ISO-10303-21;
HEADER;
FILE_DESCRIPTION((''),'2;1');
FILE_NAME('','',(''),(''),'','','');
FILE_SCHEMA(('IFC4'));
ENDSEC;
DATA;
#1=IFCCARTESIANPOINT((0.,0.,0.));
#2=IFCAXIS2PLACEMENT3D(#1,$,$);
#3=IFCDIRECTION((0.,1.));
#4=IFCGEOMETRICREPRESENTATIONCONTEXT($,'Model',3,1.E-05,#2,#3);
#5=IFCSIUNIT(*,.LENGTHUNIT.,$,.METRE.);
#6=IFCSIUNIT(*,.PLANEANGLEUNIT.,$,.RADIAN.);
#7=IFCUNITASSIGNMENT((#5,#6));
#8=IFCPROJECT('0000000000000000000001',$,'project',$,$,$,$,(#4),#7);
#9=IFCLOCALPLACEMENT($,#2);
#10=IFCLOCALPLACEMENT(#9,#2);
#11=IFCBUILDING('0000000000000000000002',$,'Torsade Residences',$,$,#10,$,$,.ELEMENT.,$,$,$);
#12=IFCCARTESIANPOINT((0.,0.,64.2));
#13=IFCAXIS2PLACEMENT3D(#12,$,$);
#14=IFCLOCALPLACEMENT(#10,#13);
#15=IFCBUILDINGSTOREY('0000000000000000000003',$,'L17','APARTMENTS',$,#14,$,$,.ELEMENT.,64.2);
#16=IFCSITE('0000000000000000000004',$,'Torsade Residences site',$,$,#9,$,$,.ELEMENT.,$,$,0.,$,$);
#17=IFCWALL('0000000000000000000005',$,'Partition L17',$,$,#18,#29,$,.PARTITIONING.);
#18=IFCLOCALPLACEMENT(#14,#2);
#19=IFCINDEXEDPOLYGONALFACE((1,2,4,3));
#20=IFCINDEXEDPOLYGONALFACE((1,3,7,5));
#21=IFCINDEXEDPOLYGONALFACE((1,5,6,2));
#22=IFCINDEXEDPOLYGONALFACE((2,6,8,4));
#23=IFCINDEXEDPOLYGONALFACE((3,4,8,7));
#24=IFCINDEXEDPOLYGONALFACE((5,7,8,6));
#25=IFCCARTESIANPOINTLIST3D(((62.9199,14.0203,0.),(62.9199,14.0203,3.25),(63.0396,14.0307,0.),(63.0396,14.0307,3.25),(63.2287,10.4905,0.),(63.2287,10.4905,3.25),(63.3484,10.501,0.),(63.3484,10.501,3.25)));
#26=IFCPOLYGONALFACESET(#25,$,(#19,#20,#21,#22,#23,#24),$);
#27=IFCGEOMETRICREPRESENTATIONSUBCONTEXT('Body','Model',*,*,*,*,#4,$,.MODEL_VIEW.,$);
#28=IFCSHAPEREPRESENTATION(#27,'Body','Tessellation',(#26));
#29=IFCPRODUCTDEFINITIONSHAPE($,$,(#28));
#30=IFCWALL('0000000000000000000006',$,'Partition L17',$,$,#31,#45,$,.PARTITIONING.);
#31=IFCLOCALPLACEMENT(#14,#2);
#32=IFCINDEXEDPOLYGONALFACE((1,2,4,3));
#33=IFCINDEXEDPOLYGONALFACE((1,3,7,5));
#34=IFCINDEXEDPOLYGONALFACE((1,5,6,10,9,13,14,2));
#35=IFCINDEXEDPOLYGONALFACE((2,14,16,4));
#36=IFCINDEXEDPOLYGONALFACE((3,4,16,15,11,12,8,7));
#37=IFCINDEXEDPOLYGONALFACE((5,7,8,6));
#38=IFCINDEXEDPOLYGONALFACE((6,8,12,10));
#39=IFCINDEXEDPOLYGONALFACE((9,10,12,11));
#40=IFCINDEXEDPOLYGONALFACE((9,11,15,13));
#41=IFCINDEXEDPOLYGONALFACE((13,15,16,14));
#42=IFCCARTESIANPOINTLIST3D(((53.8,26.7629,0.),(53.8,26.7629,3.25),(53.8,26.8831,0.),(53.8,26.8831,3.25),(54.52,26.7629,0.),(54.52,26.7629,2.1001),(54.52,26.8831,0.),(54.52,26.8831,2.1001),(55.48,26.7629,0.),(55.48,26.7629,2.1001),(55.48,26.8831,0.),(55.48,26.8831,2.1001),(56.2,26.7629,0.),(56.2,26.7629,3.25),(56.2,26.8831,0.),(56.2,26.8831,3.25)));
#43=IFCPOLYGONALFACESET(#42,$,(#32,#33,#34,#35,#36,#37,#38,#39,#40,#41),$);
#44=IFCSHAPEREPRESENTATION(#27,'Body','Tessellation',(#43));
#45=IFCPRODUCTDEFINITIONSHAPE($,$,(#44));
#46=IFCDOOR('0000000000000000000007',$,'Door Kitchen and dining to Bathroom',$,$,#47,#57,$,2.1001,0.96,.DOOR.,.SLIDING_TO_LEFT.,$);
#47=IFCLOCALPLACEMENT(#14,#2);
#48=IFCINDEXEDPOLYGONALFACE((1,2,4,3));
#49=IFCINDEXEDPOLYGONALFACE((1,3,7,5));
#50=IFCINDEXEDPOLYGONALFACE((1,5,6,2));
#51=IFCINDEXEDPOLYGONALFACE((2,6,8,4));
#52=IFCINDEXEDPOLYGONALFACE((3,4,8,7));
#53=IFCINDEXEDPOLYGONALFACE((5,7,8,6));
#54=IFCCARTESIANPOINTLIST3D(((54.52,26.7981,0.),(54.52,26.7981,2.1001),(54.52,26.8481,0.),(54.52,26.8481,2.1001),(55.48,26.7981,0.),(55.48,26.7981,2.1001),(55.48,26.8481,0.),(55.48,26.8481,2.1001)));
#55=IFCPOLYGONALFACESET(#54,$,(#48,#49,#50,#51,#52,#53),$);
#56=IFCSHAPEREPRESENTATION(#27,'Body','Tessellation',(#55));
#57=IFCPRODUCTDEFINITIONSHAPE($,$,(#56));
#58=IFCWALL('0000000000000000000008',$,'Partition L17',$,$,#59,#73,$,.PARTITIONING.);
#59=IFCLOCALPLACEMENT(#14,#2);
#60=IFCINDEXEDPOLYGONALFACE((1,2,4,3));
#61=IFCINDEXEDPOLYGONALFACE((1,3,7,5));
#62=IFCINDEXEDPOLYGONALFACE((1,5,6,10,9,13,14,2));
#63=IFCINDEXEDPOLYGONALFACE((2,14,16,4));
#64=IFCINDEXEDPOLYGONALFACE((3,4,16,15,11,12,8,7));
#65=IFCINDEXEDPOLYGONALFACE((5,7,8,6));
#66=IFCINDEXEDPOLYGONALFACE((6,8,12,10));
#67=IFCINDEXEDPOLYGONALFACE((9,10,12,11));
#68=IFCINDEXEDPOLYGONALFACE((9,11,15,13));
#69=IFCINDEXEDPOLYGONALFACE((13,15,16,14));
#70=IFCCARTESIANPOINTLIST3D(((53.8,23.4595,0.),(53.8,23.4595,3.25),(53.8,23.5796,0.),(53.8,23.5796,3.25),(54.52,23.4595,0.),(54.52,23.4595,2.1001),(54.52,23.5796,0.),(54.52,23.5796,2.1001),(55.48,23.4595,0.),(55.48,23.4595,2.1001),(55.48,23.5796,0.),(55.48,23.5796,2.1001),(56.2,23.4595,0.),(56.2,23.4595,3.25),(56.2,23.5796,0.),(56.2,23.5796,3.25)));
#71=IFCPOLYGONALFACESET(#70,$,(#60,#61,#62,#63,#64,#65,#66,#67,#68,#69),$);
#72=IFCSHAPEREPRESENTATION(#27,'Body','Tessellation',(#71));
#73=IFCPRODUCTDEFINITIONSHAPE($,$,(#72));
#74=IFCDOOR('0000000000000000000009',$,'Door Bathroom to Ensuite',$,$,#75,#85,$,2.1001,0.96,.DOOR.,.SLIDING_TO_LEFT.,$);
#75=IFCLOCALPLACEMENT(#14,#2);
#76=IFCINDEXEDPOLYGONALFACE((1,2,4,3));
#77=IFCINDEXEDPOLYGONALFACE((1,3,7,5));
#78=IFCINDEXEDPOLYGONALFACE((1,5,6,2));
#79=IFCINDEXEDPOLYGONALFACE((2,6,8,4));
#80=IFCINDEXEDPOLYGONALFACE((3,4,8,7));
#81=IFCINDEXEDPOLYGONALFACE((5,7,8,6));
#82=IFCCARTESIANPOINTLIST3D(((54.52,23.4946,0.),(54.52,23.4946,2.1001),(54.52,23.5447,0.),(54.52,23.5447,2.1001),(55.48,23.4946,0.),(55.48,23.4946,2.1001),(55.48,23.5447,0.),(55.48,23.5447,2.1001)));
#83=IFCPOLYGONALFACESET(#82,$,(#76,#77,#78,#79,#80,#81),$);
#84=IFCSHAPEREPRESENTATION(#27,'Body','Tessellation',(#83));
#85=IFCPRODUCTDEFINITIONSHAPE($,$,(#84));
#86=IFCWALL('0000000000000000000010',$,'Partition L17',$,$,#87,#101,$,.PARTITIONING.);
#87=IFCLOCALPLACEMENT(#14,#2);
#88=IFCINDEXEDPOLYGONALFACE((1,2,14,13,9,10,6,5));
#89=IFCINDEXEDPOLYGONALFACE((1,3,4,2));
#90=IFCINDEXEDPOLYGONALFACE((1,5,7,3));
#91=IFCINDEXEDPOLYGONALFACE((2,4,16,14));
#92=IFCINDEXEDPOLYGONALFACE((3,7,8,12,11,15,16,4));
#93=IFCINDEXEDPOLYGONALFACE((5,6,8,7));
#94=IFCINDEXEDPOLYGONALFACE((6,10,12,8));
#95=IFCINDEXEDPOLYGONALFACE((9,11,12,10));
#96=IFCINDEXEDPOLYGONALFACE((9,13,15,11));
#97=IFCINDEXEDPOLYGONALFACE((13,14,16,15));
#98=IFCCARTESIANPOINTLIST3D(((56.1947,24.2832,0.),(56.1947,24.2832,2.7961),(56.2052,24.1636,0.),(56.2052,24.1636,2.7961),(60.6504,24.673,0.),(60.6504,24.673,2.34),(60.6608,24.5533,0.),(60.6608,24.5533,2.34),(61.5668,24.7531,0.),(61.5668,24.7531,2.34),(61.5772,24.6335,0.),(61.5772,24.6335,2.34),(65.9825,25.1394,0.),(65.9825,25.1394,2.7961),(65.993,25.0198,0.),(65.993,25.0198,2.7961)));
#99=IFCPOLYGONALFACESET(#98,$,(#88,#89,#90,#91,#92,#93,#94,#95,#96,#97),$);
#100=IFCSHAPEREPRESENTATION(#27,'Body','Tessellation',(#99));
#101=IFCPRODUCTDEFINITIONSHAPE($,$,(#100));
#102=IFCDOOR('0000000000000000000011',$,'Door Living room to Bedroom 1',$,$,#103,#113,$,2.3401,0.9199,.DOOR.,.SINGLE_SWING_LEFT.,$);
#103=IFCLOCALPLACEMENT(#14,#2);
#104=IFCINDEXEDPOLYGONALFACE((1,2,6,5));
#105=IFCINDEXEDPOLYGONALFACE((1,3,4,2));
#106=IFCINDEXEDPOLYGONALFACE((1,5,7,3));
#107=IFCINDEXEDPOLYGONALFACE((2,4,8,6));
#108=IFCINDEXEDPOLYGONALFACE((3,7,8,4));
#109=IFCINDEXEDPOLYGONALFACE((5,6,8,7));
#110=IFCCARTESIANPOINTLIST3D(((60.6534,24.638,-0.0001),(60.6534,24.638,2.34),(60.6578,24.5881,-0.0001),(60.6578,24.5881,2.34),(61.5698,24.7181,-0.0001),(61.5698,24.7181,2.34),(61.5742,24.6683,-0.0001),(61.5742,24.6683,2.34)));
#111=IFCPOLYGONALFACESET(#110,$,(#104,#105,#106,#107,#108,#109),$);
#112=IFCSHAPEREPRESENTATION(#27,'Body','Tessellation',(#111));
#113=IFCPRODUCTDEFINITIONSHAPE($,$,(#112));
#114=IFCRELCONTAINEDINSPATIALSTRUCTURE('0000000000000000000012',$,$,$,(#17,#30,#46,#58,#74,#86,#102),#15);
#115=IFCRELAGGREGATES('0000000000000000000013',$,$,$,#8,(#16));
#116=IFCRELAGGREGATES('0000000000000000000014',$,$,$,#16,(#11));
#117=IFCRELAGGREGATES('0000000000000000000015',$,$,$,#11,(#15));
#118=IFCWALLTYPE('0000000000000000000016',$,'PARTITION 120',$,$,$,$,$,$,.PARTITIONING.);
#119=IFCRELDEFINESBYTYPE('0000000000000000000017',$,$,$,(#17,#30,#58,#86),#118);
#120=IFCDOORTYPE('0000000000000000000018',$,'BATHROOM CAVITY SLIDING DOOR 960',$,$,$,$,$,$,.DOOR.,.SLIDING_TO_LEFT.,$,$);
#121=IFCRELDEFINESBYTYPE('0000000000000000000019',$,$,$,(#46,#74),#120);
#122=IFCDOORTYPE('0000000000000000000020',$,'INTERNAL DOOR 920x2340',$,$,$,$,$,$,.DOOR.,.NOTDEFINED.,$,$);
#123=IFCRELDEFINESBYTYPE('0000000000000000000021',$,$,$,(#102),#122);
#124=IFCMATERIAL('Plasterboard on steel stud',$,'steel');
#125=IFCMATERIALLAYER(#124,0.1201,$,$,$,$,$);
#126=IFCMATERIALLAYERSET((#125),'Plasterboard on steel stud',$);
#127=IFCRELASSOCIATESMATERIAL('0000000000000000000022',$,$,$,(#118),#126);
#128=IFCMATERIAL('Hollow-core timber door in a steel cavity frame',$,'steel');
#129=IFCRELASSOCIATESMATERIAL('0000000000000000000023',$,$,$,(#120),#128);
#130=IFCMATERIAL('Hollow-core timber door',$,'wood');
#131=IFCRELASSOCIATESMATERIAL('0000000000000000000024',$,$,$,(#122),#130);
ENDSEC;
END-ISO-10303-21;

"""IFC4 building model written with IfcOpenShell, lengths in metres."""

from ifc_helpers import new_model, si_unit, direction, frame, frame_2d, origin, place, context, subcontext, project, spatial, rectangle, extrude, material, layer, layer_set, type_object, element, fill, save


model = new_model("IFC4")

# Units and contexts
model_context = context("Model", 3, precision=1e-05, world=origin(), true_north=direction((0.0, 1.0)))
body_context = subcontext(model_context, "Body", "Model", "MODEL_VIEW")
ifc_project = project(units=[si_unit("LENGTHUNIT", "METRE"), si_unit("PLANEANGLEUNIT", "RADIAN")], contexts=[model_context])

# Site, building, storey
site_placement = place(None, origin())
site = spatial("IfcSite", under=ifc_project, at=site_placement, Name="Torsade Residences site", CompositionType="ELEMENT", RefElevation=0.0)
building_placement = place(site_placement, origin())
building = spatial("IfcBuilding", under=site, at=building_placement, Name="Torsade Residences", CompositionType="ELEMENT")
storey_placement = place(building_placement, frame((0.0, 0.0, 64.2)))
storey = spatial("IfcBuildingStorey", under=building, at=storey_placement, Name="L17", Description="APARTMENTS", CompositionType="ELEMENT", Elevation=64.2)

# Shared definitions
ifc_material_1 = material(Name="Plasterboard on steel stud", Category="steel")
ifc_layer_1 = layer(ifc_material_1, 0.1201)
ifc_layer_set_1 = layer_set([ifc_layer_1], Name="Plasterboard on steel stud")
wall_type_1 = type_object("IfcWallType", Name="PARTITION 120", PredefinedType="PARTITIONING", material=ifc_layer_set_1)
ifc_material_2 = material(Name="Hollow-core timber door in a steel cavity frame", Category="steel")
door_type_1 = type_object("IfcDoorType", Name="BATHROOM CAVITY SLIDING DOOR 960", OperationType="SLIDING_TO_LEFT", PredefinedType="DOOR", material=ifc_material_2)

# Wall
wall_1_placement = place(storey_placement, frame((62.9797, 14.0254, 0.0), z_axis=(0.0, 0.0, 1.0), x_axis=(0.087162, -0.996194, 0.0)))
element("IfcWall", 1, at=wall_1_placement, inside=storey, type_object=wall_type_1, Name="Partition L17", PredefinedType="PARTITIONING", context=body_context, shape_type="SweptSolid", body=[
    extrude(rectangle(XDim=3.5432, YDim=0.1201, at=frame_2d((1.7715, 0.0))), origin(), (0.0, 0.0, 1.0), 3.25),
])

# Walls, openings, doors
wall_2_placement = place(storey_placement, frame((56.2, 26.823, 0.0), z_axis=(0.0, 0.0, 1.0), x_axis=(-1.0, 0.0, 0.0)))
wall_2 = element("IfcWall", 2, at=wall_2_placement, inside=storey, type_object=wall_type_1, Name="Partition L17", PredefinedType="PARTITIONING", context=body_context, shape_type="SweptSolid", body=[
    extrude(rectangle(XDim=2.3999, YDim=0.1201, at=frame_2d((1.2, 0.0))), origin(), (0.0, 0.0, 1.0), 3.25),
])
opening_1_placement = place(wall_2_placement, frame((0.72, 0.0, 0.0)))
opening_1 = element("IfcOpeningElement", 3, at=opening_1_placement, cuts=wall_2, PredefinedType="OPENING", context=body_context, shape_type="SweptSolid", body=[
    extrude(rectangle(XDim=0.96, YDim=2.1001, at=frame_2d((0.48, 1.05))), frame((0.0, 0.0701, 0.0), z_axis=(0.0, -1.0, 0.0), x_axis=(1.0, 0.0, 0.0)), (0.0, 0.0, 1.0), 0.1401),
])
door_1_placement = place(opening_1_placement, origin())
door_1 = element("IfcDoor", 4, at=door_1_placement, inside=storey, type_object=door_type_1, Name="Door Kitchen and dining to Bathroom", OperationType="SLIDING_TO_LEFT", OverallHeight=2.1001, OverallWidth=0.96, PredefinedType="DOOR", context=body_context, shape_type="SweptSolid", body=[
    extrude(rectangle(XDim=0.96, YDim=2.1001, at=frame_2d((0.48, 1.05))), frame((0.0, 0.0249, 0.0), z_axis=(0.0, -1.0, 0.0), x_axis=(1.0, 0.0, 0.0)), (0.0, 0.0, 1.0), 0.05),
])
fill(opening_1, door_1)
wall_3_placement = place(storey_placement, frame((56.2, 23.5195, 0.0), z_axis=(0.0, 0.0, 1.0), x_axis=(-1.0, 0.0, 0.0)))
wall_3 = element("IfcWall", 5, at=wall_3_placement, inside=storey, type_object=wall_type_1, Name="Partition L17", PredefinedType="PARTITIONING", context=body_context, shape_type="SweptSolid", body=[
    extrude(rectangle(XDim=2.3999, YDim=0.1201, at=frame_2d((1.2, 0.0))), origin(), (0.0, 0.0, 1.0), 3.25),
])
opening_2_placement = place(wall_3_placement, frame((0.72, 0.0, 0.0)))
opening_2 = element("IfcOpeningElement", 6, at=opening_2_placement, cuts=wall_3, PredefinedType="OPENING", context=body_context, shape_type="SweptSolid", body=[
    extrude(rectangle(XDim=0.96, YDim=2.1001, at=frame_2d((0.48, 1.05))), frame((0.0, 0.0701, 0.0), z_axis=(0.0, -1.0, 0.0), x_axis=(1.0, 0.0, 0.0)), (0.0, 0.0, 1.0), 0.1401),
])
door_2_placement = place(opening_2_placement, origin())
door_2 = element("IfcDoor", 7, at=door_2_placement, inside=storey, type_object=door_type_1, Name="Door Bathroom to Ensuite", OperationType="SLIDING_TO_LEFT", OverallHeight=2.1001, OverallWidth=0.96, PredefinedType="DOOR", context=body_context, shape_type="SweptSolid", body=[
    extrude(rectangle(XDim=0.96, YDim=2.1001, at=frame_2d((0.48, 1.05))), frame((0.0, 0.0249, 0.0), z_axis=(0.0, -1.0, 0.0), x_axis=(1.0, 0.0, 0.0)), (0.0, 0.0, 1.0), 0.05),
])
fill(opening_2, door_2)
wall_4_placement = place(storey_placement, frame((56.2, 24.2234, 0.0), z_axis=(0.0, 0.0, 1.0), x_axis=(0.996196, 0.087143, 0.0)))
wall_4 = element("IfcWall", 8, at=wall_4_placement, inside=storey, type_object=wall_type_1, Name="Partition L17", PredefinedType="PARTITIONING", context=body_context, shape_type="SweptSolid", body=[
    extrude(rectangle(XDim=9.8252, YDim=0.1201, at=frame_2d((4.9126, 0.0))), origin(), (0.0, 0.0, 1.0), 2.7961),
])
opening_3_placement = place(wall_4_placement, frame((4.4727, 0.0, 0.0)))
opening_3 = element("IfcOpeningElement", 9, at=opening_3_placement, cuts=wall_4, PredefinedType="OPENING", context=body_context, shape_type="SweptSolid", body=[
    extrude(rectangle(XDim=0.9199, YDim=2.3401, at=frame_2d((0.46, 1.1699))), frame((0.0, 0.0701, 0.0), z_axis=(0.0, -1.0, 0.0), x_axis=(1.0, 0.0, 0.0)), (0.0, 0.0, 1.0), 0.1401),
])
ifc_material_3 = material(Name="Hollow-core timber door", Category="wood")
door_type_2 = type_object("IfcDoorType", Name="INTERNAL DOOR 920x2340", OperationType="NOTDEFINED", PredefinedType="DOOR", material=ifc_material_3)
door_3_placement = place(opening_3_placement, origin())
door_3 = element("IfcDoor", 10, at=door_3_placement, inside=storey, type_object=door_type_2, Name="Door Living room to Bedroom 1", OperationType="SINGLE_SWING_LEFT", OverallHeight=2.3401, OverallWidth=0.9199, PredefinedType="DOOR", context=body_context, shape_type="SweptSolid", body=[
    extrude(rectangle(XDim=0.9199, YDim=2.3401, at=frame_2d((0.46, 1.1699))), frame((0.0, 0.0249, 0.0), z_axis=(0.0, -1.0, 0.0), x_axis=(1.0, 0.0, 0.0)), (0.0, 0.0, 1.0), 0.05),
])
fill(opening_3, door_3)

save(model, "model.ifc")
